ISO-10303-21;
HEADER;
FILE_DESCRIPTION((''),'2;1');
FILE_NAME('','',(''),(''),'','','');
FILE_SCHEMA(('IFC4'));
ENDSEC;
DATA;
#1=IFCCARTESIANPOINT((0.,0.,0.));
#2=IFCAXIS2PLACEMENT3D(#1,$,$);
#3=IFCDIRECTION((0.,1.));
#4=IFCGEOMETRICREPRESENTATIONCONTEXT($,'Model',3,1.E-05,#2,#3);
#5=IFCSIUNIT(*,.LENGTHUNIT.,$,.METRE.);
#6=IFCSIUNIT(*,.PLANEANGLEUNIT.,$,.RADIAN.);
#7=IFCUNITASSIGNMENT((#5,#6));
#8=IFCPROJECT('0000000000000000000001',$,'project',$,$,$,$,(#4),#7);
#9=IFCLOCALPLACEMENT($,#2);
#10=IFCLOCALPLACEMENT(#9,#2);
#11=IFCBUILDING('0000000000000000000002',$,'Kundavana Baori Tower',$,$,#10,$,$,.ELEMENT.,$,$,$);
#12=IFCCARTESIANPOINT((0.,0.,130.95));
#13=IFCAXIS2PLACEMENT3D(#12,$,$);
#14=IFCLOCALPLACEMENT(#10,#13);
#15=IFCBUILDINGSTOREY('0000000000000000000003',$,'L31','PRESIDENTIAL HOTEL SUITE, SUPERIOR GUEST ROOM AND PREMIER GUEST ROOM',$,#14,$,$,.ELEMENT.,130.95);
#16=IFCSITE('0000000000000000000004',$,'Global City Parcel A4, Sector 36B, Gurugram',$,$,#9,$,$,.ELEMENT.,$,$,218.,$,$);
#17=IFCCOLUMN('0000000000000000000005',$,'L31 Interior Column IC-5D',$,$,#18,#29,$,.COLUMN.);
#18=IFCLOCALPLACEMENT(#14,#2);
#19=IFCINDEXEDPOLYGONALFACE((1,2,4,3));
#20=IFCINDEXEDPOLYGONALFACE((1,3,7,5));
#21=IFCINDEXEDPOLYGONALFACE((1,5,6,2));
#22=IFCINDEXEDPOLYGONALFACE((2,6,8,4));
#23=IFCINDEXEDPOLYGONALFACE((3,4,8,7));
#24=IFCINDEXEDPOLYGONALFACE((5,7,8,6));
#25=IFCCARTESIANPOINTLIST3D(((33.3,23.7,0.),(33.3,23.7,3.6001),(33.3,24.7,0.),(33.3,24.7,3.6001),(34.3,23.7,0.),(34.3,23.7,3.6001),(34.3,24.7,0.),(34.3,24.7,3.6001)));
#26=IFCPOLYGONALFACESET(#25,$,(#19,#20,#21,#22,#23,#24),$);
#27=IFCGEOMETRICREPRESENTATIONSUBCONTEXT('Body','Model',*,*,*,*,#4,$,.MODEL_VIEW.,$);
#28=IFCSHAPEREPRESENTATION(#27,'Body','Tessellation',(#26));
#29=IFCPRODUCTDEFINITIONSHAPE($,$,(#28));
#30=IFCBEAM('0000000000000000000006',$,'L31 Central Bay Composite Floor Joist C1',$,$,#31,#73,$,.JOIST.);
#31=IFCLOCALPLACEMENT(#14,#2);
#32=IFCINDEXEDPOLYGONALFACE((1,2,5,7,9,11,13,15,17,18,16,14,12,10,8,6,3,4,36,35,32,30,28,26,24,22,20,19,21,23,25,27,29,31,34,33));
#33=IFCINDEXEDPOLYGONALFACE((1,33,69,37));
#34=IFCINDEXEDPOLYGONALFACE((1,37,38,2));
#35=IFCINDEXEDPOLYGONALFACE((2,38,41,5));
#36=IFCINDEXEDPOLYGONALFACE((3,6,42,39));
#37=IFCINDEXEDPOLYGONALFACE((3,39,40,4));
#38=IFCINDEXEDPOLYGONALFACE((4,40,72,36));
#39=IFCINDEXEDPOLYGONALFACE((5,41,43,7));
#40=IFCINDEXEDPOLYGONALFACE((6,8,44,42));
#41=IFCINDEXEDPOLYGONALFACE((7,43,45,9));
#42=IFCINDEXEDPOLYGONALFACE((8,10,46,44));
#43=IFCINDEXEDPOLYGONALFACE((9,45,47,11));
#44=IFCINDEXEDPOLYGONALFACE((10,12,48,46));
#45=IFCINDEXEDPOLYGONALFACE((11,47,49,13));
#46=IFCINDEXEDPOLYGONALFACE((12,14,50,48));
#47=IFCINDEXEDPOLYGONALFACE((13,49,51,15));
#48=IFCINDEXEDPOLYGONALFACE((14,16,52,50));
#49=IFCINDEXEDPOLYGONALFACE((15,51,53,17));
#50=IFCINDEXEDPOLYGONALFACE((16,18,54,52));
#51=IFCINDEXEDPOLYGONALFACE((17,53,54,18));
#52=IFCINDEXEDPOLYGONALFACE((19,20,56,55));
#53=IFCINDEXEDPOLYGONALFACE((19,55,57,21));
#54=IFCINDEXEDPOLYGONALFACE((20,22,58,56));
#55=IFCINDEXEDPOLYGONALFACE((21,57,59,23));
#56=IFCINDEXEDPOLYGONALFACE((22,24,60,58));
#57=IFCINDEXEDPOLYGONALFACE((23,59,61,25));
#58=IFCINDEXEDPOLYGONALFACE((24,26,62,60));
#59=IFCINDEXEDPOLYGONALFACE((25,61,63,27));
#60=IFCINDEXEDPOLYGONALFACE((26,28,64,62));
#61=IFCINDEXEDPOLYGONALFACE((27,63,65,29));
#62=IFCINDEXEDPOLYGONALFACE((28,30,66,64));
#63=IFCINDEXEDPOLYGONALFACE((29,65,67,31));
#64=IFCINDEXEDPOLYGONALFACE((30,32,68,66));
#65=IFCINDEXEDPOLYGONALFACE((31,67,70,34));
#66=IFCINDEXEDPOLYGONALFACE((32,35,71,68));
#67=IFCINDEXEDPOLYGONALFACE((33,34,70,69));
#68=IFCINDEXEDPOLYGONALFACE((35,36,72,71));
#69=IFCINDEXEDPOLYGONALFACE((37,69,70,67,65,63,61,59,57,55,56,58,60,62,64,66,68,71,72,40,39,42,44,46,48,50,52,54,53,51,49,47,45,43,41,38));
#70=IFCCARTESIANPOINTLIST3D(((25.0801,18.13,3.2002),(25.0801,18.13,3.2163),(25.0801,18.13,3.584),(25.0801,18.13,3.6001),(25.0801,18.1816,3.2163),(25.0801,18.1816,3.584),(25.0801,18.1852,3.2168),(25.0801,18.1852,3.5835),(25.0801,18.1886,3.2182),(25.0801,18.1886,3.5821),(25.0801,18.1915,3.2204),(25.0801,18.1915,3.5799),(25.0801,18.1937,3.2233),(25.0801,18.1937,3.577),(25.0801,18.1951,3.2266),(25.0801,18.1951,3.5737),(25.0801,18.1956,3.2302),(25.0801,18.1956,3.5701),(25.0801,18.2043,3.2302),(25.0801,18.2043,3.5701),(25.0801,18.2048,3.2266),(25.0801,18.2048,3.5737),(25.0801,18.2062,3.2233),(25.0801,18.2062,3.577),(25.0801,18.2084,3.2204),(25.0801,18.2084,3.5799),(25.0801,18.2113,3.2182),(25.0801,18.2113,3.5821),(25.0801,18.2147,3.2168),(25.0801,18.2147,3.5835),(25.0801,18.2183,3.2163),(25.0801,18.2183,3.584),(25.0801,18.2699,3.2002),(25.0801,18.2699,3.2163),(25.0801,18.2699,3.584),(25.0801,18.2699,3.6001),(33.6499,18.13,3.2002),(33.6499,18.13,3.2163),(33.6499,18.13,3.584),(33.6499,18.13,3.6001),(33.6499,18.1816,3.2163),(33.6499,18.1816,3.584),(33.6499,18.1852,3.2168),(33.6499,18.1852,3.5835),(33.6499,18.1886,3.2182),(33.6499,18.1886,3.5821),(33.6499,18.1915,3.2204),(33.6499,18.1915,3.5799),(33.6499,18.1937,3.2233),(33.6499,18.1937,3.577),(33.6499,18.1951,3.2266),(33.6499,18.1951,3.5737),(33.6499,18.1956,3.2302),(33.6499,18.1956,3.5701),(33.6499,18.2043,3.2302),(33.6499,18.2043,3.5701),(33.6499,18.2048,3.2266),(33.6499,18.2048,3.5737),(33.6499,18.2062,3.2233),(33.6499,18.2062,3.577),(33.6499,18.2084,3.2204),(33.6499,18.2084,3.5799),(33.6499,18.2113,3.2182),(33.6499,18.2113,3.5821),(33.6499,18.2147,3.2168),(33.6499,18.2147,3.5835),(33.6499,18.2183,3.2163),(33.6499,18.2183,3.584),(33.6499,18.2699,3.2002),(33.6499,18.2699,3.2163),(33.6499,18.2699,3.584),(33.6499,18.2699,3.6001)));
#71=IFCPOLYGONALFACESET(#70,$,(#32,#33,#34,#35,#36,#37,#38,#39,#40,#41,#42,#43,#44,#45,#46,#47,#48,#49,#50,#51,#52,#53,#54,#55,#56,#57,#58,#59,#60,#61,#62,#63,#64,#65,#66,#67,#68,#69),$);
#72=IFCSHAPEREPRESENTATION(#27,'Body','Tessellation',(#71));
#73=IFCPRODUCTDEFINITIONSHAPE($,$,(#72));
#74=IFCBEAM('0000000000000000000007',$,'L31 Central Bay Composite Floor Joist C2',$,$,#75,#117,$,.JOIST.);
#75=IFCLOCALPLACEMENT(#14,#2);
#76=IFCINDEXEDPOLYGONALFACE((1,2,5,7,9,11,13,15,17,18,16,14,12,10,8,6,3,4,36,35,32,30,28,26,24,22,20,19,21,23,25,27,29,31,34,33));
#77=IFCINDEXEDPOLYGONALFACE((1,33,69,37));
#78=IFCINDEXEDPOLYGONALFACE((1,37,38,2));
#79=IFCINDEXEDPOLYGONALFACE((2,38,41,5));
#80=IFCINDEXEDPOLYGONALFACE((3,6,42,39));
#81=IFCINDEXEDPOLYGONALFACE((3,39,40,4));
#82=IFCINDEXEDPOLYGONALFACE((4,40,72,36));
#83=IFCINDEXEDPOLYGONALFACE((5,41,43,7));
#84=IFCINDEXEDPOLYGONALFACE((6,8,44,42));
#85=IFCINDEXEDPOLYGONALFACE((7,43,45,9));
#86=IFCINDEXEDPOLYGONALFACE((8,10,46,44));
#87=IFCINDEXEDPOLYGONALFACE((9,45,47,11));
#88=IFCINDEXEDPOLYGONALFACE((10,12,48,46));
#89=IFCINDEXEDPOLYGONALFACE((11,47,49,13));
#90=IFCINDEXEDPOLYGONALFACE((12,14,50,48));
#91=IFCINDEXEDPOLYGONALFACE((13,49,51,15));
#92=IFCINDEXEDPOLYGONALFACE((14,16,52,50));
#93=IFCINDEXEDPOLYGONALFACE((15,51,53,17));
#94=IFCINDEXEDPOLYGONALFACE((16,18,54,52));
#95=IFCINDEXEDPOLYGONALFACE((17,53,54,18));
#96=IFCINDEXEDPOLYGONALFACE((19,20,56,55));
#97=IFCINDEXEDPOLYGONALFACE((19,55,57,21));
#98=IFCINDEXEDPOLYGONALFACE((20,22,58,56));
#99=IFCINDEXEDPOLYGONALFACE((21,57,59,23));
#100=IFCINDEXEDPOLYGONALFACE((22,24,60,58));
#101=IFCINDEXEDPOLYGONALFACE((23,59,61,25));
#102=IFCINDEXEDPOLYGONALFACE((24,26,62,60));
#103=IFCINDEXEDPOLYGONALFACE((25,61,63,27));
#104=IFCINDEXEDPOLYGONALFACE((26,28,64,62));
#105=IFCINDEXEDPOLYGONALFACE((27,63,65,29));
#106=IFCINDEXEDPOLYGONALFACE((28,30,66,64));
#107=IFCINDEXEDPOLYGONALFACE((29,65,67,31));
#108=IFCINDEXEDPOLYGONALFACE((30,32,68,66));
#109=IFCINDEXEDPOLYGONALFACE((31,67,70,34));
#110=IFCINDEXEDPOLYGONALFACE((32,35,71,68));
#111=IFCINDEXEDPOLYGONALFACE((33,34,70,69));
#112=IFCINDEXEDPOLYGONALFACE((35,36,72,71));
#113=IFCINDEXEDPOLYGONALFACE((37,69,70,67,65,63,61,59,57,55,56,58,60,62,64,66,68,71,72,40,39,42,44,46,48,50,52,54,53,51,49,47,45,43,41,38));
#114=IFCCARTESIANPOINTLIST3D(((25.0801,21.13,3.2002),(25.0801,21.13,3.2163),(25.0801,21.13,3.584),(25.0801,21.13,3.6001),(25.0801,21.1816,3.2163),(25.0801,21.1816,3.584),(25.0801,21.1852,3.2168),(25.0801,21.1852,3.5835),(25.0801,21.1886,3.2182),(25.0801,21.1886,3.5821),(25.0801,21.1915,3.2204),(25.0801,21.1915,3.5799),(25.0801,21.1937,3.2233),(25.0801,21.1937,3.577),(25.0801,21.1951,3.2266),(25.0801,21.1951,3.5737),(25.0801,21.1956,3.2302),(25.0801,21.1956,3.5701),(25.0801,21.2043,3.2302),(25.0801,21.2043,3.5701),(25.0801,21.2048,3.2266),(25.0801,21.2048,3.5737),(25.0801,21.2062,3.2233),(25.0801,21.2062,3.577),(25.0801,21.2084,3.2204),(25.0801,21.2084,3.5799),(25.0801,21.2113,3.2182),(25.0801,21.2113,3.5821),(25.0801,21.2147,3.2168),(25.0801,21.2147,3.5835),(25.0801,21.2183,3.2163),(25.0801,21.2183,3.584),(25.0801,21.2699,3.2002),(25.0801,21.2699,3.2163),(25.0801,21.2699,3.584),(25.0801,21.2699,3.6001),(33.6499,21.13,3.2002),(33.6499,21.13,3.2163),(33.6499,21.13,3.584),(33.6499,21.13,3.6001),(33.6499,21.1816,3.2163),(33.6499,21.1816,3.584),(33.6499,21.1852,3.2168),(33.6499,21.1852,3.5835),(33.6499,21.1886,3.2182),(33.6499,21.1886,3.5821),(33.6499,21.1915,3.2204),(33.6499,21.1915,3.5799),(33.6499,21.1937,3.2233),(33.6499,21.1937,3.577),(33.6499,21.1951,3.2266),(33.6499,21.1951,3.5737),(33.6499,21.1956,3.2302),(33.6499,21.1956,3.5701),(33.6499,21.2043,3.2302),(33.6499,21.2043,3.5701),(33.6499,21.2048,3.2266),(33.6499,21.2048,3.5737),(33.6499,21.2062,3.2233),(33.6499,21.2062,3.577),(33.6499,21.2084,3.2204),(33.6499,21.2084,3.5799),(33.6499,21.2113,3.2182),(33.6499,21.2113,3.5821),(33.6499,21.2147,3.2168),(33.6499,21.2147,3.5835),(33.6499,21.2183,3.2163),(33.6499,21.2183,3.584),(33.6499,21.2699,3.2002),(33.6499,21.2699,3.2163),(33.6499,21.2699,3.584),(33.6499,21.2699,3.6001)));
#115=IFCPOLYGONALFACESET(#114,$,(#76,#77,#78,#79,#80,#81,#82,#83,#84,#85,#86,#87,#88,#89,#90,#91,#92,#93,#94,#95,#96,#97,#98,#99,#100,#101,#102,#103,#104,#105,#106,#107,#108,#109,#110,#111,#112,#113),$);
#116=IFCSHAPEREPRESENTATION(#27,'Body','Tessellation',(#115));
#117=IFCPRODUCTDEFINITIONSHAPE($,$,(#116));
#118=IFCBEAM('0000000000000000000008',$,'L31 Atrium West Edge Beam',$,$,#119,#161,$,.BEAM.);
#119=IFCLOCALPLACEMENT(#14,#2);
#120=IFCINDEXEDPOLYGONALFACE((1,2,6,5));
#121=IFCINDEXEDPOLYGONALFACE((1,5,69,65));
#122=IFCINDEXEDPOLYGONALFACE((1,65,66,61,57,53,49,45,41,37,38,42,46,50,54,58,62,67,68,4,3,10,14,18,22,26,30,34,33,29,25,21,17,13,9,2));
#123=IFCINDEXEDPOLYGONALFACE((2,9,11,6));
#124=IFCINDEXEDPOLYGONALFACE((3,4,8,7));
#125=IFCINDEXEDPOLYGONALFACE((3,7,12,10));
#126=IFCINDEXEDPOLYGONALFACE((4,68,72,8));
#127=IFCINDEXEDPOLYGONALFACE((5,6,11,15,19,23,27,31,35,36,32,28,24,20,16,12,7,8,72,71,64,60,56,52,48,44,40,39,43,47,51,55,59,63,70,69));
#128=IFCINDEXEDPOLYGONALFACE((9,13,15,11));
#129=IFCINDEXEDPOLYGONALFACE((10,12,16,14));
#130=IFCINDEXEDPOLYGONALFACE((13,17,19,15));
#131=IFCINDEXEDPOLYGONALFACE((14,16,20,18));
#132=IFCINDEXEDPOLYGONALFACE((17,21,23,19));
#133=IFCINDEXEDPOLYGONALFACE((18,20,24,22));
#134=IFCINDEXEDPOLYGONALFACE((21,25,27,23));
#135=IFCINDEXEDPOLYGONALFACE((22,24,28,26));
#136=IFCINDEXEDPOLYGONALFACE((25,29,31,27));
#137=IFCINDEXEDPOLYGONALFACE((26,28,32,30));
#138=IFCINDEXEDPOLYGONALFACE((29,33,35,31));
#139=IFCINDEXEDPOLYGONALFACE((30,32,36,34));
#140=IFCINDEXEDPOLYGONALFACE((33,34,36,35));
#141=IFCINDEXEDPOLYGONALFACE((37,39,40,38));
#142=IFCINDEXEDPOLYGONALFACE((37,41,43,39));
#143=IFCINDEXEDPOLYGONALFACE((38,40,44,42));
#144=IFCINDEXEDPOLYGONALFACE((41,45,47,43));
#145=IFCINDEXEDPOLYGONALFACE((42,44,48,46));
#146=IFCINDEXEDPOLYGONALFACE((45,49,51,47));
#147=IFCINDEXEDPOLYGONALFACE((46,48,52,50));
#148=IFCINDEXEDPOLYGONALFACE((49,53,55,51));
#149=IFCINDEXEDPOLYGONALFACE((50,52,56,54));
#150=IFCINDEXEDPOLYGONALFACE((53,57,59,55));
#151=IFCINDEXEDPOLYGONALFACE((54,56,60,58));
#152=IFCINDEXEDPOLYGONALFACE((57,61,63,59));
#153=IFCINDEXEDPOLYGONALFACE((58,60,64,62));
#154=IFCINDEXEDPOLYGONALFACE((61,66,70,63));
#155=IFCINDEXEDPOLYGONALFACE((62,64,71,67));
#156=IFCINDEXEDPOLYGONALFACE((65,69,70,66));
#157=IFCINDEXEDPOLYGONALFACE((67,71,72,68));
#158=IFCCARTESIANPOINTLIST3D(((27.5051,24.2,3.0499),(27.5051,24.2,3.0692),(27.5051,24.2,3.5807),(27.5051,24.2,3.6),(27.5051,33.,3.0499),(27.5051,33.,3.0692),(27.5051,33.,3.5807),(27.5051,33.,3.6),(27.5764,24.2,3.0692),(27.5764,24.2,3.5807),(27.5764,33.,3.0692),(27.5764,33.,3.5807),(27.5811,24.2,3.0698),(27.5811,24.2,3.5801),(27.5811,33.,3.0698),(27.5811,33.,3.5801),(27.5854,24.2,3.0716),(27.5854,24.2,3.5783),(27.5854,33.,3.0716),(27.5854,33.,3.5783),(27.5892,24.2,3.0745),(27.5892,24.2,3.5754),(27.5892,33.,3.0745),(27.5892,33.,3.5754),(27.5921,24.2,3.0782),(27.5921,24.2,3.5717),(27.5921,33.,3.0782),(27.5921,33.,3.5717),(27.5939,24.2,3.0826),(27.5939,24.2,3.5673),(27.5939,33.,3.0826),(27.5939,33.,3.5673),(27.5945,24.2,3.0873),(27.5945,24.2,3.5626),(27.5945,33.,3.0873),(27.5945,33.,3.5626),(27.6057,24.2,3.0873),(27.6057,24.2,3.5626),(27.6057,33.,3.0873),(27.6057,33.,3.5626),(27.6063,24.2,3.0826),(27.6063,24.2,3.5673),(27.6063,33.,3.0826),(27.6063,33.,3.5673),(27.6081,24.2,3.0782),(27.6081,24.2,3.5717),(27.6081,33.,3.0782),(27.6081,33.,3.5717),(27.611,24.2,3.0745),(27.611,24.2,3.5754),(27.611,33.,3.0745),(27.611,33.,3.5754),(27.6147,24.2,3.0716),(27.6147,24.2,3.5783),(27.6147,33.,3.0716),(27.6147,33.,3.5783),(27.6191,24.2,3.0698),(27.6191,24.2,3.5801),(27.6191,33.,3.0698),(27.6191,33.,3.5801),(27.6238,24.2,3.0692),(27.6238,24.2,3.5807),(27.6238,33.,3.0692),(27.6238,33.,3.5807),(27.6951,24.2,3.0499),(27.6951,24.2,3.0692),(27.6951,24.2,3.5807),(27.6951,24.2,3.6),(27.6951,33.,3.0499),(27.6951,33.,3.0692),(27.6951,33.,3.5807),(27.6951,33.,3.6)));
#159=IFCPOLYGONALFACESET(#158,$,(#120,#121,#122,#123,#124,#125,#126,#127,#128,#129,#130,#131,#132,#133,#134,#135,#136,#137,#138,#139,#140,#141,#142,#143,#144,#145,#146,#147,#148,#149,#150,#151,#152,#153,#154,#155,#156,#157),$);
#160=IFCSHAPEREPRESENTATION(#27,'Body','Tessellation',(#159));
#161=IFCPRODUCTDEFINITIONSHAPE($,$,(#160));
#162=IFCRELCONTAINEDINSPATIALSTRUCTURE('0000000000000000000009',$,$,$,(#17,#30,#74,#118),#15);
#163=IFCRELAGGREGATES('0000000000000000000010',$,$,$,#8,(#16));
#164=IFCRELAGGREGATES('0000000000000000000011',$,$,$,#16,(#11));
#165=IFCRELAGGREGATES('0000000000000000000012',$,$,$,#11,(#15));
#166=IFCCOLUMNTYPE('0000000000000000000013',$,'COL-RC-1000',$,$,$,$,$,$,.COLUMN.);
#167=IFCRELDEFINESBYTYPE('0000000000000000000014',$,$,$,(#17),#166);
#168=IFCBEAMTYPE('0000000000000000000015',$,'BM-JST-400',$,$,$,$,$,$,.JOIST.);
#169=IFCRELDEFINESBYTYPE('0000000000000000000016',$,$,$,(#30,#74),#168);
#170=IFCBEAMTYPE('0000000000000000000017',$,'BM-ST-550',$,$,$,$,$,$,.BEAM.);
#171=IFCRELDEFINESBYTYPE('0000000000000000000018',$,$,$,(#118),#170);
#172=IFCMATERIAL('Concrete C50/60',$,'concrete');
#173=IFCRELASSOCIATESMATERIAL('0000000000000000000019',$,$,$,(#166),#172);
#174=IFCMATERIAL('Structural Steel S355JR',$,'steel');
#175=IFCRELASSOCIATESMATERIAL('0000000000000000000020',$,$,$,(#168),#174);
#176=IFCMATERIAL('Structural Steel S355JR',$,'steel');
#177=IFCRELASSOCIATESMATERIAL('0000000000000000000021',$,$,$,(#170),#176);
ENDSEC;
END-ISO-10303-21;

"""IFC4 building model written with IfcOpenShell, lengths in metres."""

from ifc_helpers import new_model, si_unit, direction, frame, origin, origin_2d, place, context, subcontext, project, spatial, rectangle, i_section, extrude, material, material_profile, profile_set, type_object, element, save


model = new_model("IFC4")

# Units and contexts
model_context = context("Model", 3, precision=1e-05, world=origin(), true_north=direction((0.0, 1.0)))
body_context = subcontext(model_context, "Body", "Model", "MODEL_VIEW")
ifc_project = project(units=[si_unit("LENGTHUNIT", "METRE"), si_unit("PLANEANGLEUNIT", "RADIAN")], contexts=[model_context])

# Site, building, storey
site_placement = place(None, origin())
site = spatial("IfcSite", under=ifc_project, at=site_placement, Name="Global City Parcel A4, Sector 36B, Gurugram", CompositionType="ELEMENT", RefElevation=218.0)
building_placement = place(site_placement, origin())
building = spatial("IfcBuilding", under=site, at=building_placement, Name="Kundavana Baori Tower", CompositionType="ELEMENT")
storey_placement = place(building_placement, frame((0.0, 0.0, 130.95)))
storey = spatial("IfcBuildingStorey", under=building, at=storey_placement, Name="L31", Description="PRESIDENTIAL HOTEL SUITE, SUPERIOR GUEST ROOM AND PREMIER GUEST ROOM", CompositionType="ELEMENT", Elevation=130.95)

# Column
ifc_material_1 = material(Name="Concrete C50/60", Category="concrete")
ifc_material_profile_1 = material_profile(ifc_material_1, rectangle(XDim=1.0, YDim=1.0, at=origin_2d()), Name="RC 1000x1000")
ifc_profile_set_1 = profile_set([ifc_material_profile_1], Name="Concrete C50/60")
column_type = type_object("IfcColumnType", Name="COL-RC-1000", PredefinedType="COLUMN", material=ifc_profile_set_1)
column_placement = place(storey_placement, frame((33.8, 24.2, 0.0), z_axis=(0.0, 0.0, 1.0), x_axis=(1.0, 0.0, 0.0)))
element("IfcColumn", 1, at=column_placement, inside=storey, type_object=column_type, Name="L31 Interior Column IC-5D", PredefinedType="COLUMN", context=body_context, shape_type="SweptSolid", body=[
    extrude(rectangle(XDim=1.0, YDim=1.0, at=origin_2d()), origin(), (0.0, 0.0, 1.0), 3.6001),
])

# Beams
ifc_material_2 = material(Name="Structural Steel S355JR", Category="steel")
ifc_material_profile_2 = material_profile(ifc_material_2, i_section(OverallWidth=0.1399, OverallDepth=0.3999, WebThickness=0.0088, FlangeThickness=0.0161, FilletRadius=0.0139, at=origin_2d()), Name="ISMB 400")
ifc_profile_set_2 = profile_set([ifc_material_profile_2], Name="Structural Steel S355JR")
beam_type_1 = type_object("IfcBeamType", Name="BM-JST-400", PredefinedType="JOIST", material=ifc_profile_set_2)
for number, where, z_axis, x_axis, name in (
    (2, (25.0801, 18.2, 3.4001), (1.0, 0.0, 0.0), (0.0, 1.0, 0.0), "L31 Central Bay Composite Floor Joist C1"),
    (3, (25.0801, 21.2, 3.4001), (1.0, 0.0, 0.0), (0.0, 1.0, 0.0), "L31 Central Bay Composite Floor Joist C2"),
):
    element("IfcBeam", number, at=place(storey_placement, frame(where, z_axis=z_axis, x_axis=x_axis)), inside=storey, type_object=beam_type_1, Name=name, PredefinedType="JOIST", context=body_context, shape_type="SweptSolid", body=[
        extrude(i_section(OverallWidth=0.1399, OverallDepth=0.3999, WebThickness=0.0088, FlangeThickness=0.0161, FilletRadius=0.0139, at=origin_2d()), origin(), (0.0, 0.0, 1.0), 8.5698),
    ])
ifc_material_3 = material(Name="Structural Steel S355JR", Category="steel")
ifc_material_profile_3 = material_profile(ifc_material_3, i_section(OverallWidth=0.1899, OverallDepth=0.55, WebThickness=0.0112, FlangeThickness=0.0193, FilletRadius=0.0181, at=origin_2d()), Name="ISMB 550")
ifc_profile_set_3 = profile_set([ifc_material_profile_3], Name="Structural Steel S355JR")
beam_type_2 = type_object("IfcBeamType", Name="BM-ST-550", PredefinedType="BEAM", material=ifc_profile_set_3)
for number, where, z_axis, x_axis, name in (
    (4, (27.6001, 24.2, 3.325), (0.0, 1.0, 0.0), (-1.0, 0.0, 0.0), "L31 Atrium West Edge Beam"),
):
    element("IfcBeam", number, at=place(storey_placement, frame(where, z_axis=z_axis, x_axis=x_axis)), inside=storey, type_object=beam_type_2, Name=name, PredefinedType="BEAM", context=body_context, shape_type="SweptSolid", body=[
        extrude(i_section(OverallWidth=0.1899, OverallDepth=0.55, WebThickness=0.0112, FlangeThickness=0.0193, FilletRadius=0.0181, at=origin_2d()), origin(), (0.0, 0.0, 1.0), 8.8),
    ])

save(model, "model.ifc")
